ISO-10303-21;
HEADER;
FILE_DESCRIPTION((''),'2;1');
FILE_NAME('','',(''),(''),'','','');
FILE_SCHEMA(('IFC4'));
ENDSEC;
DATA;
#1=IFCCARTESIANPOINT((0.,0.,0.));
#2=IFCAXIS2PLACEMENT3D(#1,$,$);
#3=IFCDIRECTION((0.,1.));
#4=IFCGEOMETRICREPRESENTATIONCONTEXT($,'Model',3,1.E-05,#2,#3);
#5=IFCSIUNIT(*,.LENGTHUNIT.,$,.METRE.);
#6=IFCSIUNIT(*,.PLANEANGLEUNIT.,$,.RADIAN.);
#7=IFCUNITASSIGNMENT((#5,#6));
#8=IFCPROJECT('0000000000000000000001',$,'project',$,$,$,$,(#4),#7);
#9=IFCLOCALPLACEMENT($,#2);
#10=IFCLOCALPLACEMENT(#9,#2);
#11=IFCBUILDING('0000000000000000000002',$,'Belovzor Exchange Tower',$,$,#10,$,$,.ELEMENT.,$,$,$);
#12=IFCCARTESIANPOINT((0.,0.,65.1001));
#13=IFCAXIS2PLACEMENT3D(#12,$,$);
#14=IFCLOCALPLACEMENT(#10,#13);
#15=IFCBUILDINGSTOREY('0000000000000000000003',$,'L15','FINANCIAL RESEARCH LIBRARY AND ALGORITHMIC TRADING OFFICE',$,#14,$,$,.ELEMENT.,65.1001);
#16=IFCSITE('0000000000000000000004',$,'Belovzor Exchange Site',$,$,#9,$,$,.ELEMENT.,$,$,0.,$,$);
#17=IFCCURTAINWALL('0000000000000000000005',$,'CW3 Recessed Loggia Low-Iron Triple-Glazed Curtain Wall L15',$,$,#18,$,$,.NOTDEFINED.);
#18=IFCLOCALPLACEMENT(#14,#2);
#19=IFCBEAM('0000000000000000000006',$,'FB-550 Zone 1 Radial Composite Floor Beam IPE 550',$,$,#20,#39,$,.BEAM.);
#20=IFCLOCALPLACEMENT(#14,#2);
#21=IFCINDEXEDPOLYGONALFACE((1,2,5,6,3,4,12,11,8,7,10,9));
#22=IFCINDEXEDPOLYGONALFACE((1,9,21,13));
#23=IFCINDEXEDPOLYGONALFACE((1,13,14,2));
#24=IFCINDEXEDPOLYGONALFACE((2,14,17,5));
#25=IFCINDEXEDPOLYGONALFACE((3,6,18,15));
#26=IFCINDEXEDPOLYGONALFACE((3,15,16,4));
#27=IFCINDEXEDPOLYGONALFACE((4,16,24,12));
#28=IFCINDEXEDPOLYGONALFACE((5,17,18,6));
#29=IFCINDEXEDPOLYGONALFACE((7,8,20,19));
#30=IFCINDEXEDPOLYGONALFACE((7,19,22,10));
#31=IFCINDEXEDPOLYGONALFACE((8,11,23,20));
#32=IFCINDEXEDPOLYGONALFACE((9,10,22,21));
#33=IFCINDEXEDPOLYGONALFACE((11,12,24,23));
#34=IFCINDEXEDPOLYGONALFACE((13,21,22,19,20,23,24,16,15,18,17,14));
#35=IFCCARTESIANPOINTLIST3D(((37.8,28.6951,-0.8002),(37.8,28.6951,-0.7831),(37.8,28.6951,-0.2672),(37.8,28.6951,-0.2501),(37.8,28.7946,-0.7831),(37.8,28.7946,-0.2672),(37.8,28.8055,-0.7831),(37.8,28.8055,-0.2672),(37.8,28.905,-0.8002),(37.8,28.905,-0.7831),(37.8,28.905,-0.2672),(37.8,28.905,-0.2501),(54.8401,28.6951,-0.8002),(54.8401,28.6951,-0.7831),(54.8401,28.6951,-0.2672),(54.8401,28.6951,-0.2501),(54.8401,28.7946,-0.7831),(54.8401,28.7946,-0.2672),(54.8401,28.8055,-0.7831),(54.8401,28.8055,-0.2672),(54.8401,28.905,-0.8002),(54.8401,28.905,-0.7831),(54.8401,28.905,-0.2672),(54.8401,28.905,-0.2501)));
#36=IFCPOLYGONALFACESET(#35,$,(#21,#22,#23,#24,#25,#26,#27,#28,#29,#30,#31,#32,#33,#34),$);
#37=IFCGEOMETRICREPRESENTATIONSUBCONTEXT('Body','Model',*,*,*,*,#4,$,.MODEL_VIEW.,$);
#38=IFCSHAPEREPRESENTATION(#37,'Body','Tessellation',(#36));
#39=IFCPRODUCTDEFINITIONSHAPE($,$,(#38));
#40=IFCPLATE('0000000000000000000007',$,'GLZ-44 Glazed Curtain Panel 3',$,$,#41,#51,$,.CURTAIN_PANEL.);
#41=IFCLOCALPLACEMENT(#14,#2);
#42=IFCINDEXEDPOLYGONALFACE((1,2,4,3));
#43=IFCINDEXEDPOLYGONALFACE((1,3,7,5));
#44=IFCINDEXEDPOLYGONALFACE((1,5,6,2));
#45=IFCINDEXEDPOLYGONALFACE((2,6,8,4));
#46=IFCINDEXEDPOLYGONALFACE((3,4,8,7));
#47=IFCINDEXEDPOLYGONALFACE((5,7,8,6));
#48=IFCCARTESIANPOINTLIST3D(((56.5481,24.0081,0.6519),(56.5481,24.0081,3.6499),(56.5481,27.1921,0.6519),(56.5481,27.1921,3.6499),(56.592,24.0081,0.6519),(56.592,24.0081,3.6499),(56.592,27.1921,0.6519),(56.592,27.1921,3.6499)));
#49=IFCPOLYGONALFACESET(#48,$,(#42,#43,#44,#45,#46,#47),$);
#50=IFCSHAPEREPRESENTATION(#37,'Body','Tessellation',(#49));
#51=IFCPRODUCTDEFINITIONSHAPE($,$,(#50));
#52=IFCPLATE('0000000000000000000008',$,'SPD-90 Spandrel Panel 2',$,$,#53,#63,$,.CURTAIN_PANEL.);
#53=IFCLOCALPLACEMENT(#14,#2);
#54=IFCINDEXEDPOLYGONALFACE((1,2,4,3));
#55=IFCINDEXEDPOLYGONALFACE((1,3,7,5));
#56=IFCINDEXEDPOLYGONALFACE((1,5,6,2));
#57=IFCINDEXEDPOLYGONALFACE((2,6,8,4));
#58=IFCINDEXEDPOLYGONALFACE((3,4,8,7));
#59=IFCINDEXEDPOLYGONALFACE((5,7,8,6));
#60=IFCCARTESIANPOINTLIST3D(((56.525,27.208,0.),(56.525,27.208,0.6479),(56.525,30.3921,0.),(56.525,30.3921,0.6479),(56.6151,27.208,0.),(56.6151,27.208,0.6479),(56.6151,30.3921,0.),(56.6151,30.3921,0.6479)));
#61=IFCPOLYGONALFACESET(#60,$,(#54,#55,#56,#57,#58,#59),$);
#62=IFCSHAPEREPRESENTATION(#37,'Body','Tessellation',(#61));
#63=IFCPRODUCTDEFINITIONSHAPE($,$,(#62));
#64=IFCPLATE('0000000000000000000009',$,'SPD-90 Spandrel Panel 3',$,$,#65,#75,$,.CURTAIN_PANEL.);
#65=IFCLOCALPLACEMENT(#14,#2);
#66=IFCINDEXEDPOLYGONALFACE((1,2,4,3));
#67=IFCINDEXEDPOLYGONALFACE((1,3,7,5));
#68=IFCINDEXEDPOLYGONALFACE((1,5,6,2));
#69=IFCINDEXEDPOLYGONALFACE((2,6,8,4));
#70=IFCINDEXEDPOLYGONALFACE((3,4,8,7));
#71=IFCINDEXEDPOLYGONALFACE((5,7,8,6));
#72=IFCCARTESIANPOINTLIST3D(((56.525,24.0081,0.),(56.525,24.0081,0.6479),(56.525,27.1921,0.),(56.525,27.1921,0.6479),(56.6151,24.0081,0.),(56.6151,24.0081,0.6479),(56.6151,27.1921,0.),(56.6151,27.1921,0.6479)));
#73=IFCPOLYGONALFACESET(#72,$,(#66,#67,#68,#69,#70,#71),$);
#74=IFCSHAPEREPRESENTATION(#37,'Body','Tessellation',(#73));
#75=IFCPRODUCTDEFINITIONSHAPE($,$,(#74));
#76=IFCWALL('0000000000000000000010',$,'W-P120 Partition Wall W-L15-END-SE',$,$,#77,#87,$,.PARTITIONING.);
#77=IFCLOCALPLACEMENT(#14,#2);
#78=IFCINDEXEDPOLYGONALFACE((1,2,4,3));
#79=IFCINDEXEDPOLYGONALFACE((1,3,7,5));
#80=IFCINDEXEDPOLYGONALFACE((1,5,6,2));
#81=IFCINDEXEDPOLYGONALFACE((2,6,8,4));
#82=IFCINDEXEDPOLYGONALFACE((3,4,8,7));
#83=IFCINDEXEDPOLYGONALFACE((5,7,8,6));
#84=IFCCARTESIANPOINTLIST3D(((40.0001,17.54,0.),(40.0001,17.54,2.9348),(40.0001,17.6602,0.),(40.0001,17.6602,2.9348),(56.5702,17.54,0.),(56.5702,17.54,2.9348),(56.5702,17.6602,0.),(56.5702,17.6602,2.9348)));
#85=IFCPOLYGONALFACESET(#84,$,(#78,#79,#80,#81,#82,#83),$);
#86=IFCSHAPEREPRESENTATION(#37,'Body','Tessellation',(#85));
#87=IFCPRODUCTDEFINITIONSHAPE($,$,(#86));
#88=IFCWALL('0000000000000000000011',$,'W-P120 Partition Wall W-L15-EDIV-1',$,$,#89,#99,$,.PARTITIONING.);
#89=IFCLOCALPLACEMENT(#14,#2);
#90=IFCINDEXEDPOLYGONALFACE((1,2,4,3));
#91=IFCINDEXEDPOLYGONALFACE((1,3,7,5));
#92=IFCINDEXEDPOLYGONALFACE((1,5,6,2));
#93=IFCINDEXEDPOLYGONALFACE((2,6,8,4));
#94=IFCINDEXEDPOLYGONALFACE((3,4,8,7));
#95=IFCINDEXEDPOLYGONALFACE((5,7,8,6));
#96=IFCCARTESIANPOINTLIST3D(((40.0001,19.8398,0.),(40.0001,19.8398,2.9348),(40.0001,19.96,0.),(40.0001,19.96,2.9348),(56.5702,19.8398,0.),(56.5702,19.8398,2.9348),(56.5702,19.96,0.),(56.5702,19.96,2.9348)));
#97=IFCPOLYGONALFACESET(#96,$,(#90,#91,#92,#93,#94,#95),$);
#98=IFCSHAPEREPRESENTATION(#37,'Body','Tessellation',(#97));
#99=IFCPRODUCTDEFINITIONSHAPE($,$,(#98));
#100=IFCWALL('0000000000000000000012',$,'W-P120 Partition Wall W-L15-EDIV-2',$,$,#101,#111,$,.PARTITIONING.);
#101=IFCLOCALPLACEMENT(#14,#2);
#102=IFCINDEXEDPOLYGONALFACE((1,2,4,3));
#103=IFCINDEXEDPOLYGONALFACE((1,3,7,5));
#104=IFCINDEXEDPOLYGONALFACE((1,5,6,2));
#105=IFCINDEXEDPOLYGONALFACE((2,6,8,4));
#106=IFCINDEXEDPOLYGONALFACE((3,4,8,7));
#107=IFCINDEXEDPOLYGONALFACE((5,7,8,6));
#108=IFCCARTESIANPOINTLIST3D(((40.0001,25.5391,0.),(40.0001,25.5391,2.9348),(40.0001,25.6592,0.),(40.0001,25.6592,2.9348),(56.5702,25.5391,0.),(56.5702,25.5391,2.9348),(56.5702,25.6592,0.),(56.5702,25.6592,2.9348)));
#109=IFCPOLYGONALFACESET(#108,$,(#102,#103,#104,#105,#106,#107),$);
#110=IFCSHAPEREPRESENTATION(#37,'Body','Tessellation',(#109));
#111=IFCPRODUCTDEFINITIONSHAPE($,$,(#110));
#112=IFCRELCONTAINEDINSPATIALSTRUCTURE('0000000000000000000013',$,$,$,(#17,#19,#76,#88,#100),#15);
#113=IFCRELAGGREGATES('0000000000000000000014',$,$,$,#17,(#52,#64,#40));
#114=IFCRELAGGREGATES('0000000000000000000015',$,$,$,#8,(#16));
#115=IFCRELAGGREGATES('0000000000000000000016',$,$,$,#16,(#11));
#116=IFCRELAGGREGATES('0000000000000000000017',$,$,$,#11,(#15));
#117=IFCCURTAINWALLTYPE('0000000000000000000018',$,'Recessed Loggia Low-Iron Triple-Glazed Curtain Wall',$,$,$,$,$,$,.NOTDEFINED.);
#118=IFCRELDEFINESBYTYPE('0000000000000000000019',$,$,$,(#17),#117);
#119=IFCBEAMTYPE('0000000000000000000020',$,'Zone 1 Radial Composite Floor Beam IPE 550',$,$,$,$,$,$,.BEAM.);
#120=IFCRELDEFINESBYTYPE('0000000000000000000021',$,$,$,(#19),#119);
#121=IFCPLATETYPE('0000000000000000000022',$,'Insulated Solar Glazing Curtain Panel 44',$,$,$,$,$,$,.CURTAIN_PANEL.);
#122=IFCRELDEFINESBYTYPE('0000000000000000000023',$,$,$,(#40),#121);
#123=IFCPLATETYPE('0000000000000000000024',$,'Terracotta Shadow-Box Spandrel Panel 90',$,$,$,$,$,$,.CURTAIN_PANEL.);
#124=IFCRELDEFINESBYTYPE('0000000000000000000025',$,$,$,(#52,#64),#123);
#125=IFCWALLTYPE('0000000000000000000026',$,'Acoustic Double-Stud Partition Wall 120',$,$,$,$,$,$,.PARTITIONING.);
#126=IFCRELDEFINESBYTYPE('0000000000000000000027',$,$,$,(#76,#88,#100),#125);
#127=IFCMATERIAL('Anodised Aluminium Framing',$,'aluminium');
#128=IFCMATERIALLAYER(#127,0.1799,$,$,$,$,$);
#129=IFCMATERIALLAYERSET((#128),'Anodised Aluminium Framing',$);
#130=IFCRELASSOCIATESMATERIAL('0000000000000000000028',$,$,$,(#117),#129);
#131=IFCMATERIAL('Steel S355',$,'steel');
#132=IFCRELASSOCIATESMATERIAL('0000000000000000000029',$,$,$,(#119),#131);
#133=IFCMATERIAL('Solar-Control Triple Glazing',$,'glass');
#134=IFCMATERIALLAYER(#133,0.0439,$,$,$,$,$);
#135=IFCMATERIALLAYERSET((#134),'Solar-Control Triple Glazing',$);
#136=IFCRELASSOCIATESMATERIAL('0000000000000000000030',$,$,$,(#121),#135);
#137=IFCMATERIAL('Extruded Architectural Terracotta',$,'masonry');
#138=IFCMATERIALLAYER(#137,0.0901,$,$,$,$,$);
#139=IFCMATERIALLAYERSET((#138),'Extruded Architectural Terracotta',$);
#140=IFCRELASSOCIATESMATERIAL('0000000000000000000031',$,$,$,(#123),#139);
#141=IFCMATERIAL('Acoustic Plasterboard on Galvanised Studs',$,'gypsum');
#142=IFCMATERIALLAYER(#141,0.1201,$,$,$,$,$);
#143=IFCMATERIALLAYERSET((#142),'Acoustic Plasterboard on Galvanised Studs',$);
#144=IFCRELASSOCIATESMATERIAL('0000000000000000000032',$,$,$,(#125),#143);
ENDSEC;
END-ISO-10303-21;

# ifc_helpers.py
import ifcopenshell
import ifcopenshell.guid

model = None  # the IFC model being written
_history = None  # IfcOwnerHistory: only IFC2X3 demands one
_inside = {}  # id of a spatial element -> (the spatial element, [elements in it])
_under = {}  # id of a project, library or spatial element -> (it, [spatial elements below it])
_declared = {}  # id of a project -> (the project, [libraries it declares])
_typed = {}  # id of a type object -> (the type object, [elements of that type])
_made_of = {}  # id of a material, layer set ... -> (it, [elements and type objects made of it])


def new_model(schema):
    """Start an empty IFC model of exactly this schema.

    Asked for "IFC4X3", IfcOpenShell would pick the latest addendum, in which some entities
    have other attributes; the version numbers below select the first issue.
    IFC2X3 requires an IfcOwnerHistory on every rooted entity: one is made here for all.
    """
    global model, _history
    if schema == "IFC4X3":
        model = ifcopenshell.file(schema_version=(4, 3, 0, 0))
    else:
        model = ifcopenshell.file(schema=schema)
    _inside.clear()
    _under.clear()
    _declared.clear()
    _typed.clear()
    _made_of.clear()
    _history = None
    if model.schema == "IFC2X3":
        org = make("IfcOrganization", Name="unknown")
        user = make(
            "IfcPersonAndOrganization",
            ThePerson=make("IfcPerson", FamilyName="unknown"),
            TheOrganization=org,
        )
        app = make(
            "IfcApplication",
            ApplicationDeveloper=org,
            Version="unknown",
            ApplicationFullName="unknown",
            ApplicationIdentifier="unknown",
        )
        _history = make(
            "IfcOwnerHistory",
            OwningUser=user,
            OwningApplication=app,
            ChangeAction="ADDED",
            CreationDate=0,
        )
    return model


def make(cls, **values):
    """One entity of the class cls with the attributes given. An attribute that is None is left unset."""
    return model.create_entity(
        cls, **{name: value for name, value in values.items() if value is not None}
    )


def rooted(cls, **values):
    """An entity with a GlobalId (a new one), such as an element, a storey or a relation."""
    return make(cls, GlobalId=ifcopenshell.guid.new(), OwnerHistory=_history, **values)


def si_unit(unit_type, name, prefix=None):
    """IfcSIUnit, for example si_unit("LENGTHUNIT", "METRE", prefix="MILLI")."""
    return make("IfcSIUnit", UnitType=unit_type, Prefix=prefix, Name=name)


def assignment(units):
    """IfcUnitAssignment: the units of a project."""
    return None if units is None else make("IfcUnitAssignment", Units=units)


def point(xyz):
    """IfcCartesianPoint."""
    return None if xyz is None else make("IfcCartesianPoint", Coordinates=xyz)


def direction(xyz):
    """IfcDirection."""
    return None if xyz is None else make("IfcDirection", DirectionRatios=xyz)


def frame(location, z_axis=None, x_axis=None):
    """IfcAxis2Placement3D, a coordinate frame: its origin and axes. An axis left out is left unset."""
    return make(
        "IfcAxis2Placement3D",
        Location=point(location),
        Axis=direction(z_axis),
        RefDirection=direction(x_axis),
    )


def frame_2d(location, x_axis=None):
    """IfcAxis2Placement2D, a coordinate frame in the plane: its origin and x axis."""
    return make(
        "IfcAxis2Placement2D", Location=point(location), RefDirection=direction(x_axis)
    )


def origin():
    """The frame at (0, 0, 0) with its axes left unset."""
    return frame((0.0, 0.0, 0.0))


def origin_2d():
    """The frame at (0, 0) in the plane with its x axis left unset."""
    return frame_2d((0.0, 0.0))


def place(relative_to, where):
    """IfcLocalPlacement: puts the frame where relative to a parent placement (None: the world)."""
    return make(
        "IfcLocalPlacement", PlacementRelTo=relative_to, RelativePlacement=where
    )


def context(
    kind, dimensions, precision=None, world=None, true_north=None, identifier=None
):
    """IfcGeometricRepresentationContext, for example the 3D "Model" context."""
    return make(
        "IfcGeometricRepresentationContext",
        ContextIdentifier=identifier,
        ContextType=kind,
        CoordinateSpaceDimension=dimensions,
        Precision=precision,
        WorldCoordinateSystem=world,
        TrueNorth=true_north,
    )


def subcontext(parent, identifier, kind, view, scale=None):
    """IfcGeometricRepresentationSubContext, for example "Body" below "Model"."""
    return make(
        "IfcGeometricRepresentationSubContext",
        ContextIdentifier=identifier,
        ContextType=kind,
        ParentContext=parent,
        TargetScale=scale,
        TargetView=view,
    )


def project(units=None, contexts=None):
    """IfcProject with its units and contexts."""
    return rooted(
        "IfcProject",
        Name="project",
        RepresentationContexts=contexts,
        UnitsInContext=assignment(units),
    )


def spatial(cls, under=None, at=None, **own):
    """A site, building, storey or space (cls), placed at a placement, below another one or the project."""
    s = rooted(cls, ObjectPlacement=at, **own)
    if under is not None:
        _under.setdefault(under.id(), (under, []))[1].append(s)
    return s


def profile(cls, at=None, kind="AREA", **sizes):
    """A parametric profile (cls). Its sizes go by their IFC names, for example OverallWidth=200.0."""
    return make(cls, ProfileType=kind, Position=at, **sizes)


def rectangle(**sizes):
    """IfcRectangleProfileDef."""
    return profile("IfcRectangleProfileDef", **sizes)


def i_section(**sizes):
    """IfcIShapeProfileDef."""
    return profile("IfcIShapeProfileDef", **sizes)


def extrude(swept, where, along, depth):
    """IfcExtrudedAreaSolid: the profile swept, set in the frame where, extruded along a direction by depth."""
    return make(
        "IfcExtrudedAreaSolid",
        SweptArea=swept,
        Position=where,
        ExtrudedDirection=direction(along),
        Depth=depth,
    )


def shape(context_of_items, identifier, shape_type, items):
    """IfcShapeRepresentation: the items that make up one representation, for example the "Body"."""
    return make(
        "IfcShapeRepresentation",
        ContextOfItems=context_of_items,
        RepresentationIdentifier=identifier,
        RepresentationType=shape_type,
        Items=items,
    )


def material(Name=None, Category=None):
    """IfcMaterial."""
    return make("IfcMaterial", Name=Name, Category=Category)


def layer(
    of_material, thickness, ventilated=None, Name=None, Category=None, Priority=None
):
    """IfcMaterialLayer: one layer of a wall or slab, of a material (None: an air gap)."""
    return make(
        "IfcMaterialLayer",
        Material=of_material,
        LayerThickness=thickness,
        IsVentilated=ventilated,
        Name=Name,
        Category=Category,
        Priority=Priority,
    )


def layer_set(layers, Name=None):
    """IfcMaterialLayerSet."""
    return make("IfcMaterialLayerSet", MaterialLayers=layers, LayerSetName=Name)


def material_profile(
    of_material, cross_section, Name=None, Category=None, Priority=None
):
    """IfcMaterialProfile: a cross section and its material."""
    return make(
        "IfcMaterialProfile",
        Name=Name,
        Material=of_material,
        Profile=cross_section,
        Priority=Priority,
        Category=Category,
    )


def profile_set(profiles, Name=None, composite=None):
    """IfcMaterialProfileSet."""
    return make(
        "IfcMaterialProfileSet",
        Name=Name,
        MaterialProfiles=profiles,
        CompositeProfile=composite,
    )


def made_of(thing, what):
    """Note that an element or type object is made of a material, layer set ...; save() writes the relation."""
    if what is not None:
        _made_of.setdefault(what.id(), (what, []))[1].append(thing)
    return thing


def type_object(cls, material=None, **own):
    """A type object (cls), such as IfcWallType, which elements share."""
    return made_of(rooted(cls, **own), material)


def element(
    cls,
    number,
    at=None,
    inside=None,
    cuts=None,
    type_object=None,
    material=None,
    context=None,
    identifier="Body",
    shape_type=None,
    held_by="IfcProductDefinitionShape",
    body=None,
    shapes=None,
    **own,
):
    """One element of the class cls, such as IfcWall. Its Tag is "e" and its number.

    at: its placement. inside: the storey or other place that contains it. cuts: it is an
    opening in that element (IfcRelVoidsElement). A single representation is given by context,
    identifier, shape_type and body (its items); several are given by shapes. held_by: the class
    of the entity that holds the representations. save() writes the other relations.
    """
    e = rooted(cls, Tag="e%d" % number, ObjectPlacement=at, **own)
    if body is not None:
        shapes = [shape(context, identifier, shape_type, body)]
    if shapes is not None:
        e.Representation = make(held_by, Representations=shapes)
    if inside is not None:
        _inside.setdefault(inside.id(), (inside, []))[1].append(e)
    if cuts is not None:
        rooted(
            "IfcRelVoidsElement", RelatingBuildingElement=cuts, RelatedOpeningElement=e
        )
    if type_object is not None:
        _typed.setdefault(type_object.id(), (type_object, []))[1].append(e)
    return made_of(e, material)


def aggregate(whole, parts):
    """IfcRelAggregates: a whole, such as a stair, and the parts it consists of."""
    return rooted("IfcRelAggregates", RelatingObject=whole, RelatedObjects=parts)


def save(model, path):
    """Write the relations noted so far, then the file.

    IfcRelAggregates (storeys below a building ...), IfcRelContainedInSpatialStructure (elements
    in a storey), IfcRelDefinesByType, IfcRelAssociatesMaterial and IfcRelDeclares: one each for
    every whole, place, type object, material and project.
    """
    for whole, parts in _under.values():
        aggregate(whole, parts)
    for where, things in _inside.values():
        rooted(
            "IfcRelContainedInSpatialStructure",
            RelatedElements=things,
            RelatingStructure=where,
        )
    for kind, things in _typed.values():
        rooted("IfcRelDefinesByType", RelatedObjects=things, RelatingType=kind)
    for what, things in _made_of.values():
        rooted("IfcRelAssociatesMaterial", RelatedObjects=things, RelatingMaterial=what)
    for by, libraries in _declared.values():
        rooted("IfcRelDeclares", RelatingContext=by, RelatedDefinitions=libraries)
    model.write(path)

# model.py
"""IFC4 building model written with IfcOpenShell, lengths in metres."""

from ifc_helpers import new_model, si_unit, direction, frame, frame_2d, origin, origin_2d, place, context, subcontext, project, spatial, rectangle, i_section, extrude, material, layer, layer_set, material_profile, profile_set, type_object, element, aggregate, save


model = new_model("IFC4")

# Units and contexts
model_context = context("Model", 3, precision=1e-05, world=origin(), true_north=direction((0.0, 1.0)))
body_context = subcontext(model_context, "Body", "Model", "MODEL_VIEW")
ifc_project = project(units=[si_unit("LENGTHUNIT", "METRE"), si_unit("PLANEANGLEUNIT", "RADIAN")], contexts=[model_context])

# Site, building, storey
site_placement = place(None, origin())
site = spatial("IfcSite", under=ifc_project, at=site_placement, Name="Belovzor Exchange Site", CompositionType="ELEMENT", RefElevation=0.0)
building_placement = place(site_placement, origin())
building = spatial("IfcBuilding", under=site, at=building_placement, Name="Belovzor Exchange Tower", CompositionType="ELEMENT")
storey_placement = place(building_placement, frame((0.0, 0.0, 65.1001)))
storey = spatial("IfcBuildingStorey", under=building, at=storey_placement, Name="L15", Description="FINANCIAL RESEARCH LIBRARY AND ALGORITHMIC TRADING OFFICE", CompositionType="ELEMENT", Elevation=65.1001)

# Curtain wall
ifc_material_1 = material(Name="Anodised Aluminium Framing", Category="aluminium")
ifc_layer_1 = layer(ifc_material_1, 0.1799)
ifc_layer_set_1 = layer_set([ifc_layer_1], Name="Anodised Aluminium Framing")
curtain_wall_type = type_object("IfcCurtainWallType", Name="Recessed Loggia Low-Iron Triple-Glazed Curtain Wall", PredefinedType="NOTDEFINED", material=ifc_layer_set_1)
curtain_wall_placement = place(storey_placement, origin())
curtain_wall = element("IfcCurtainWall", 1, at=curtain_wall_placement, inside=storey, type_object=curtain_wall_type, Name="CW3 Recessed Loggia Low-Iron Triple-Glazed Curtain Wall L15", PredefinedType="NOTDEFINED")

# Beam
ifc_material_2 = material(Name="Steel S355", Category="steel")
ifc_material_profile_1 = material_profile(ifc_material_2, i_section(OverallWidth=0.21, OverallDepth=0.55, WebThickness=0.011, FlangeThickness=0.0171, at=origin_2d()))
ifc_profile_set_1 = profile_set([ifc_material_profile_1], Name="Steel S355")
beam_type_1 = type_object("IfcBeamType", Name="Zone 1 Radial Composite Floor Beam IPE 550", PredefinedType="BEAM", material=ifc_profile_set_1)
beam_1_placement = place(storey_placement, frame((37.8, 28.8, -0.5251), z_axis=(1.0, 0.0, 0.0), x_axis=(0.0, 1.0, 0.0)))
element("IfcBeam", 2, at=beam_1_placement, inside=storey, type_object=beam_type_1, Name="FB-550 Zone 1 Radial Composite Floor Beam IPE 550", PredefinedType="BEAM", context=body_context, shape_type="SweptSolid", body=[
    extrude(i_section(OverallWidth=0.21, OverallDepth=0.55, WebThickness=0.011, FlangeThickness=0.0171, at=origin_2d()), origin(), (0.0, 0.0, 1.0), 17.04),
])

# Plates
ifc_material_3 = material(Name="Solar-Control Triple Glazing", Category="glass")
ifc_layer_2 = layer(ifc_material_3, 0.0439)
ifc_layer_set_2 = layer_set([ifc_layer_2], Name="Solar-Control Triple Glazing")
plate_type_1 = type_object("IfcPlateType", Name="Insulated Solar Glazing Curtain Panel 44", PredefinedType="CURTAIN_PANEL", material=ifc_layer_set_2)
plate_1_placement = place(storey_placement, frame((56.5701, 25.6001, 0.6519), z_axis=(0.0, 0.0, 1.0), x_axis=(0.0, -1.0, 0.0)))
plate_1 = element("IfcPlate", 3, at=plate_1_placement, type_object=plate_type_1, Name="GLZ-44 Glazed Curtain Panel 3", PredefinedType="CURTAIN_PANEL", context=body_context, shape_type="SweptSolid", body=[
    extrude(rectangle(XDim=3.1841, YDim=0.0439, at=origin_2d()), origin(), (0.0, 0.0, 1.0), 2.998),
])
ifc_material_4 = material(Name="Extruded Architectural Terracotta", Category="masonry")
ifc_layer_3 = layer(ifc_material_4, 0.0901)
ifc_layer_set_3 = layer_set([ifc_layer_3], Name="Extruded Architectural Terracotta")
plate_type_2 = type_object("IfcPlateType", Name="Terracotta Shadow-Box Spandrel Panel 90", PredefinedType="CURTAIN_PANEL", material=ifc_layer_set_3)
plate_2_placement = place(storey_placement, frame((56.5701, 28.8, 0.0), z_axis=(0.0, 0.0, 1.0), x_axis=(0.0, -1.0, 0.0)))
plate_2 = element("IfcPlate", 4, at=plate_2_placement, type_object=plate_type_2, Name="SPD-90 Spandrel Panel 2", PredefinedType="CURTAIN_PANEL", context=body_context, shape_type="SweptSolid", body=[
    extrude(rectangle(XDim=3.1841, YDim=0.0901, at=origin_2d()), origin(), (0.0, 0.0, 1.0), 0.6479),
])
plate_3_placement = place(storey_placement, frame((56.5701, 25.6001, 0.0), z_axis=(0.0, 0.0, 1.0), x_axis=(0.0, -1.0, 0.0)))
plate_3 = element("IfcPlate", 5, at=plate_3_placement, type_object=plate_type_2, Name="SPD-90 Spandrel Panel 3", PredefinedType="CURTAIN_PANEL", context=body_context, shape_type="SweptSolid", body=[
    extrude(rectangle(XDim=3.1841, YDim=0.0901, at=origin_2d()), origin(), (0.0, 0.0, 1.0), 0.6479),
])
aggregate(curtain_wall, [plate_2, plate_3, plate_1])

# Walls
ifc_material_5 = material(Name="Acoustic Plasterboard on Galvanised Studs", Category="gypsum")
ifc_layer_4 = layer(ifc_material_5, 0.1201)
ifc_layer_set_4 = layer_set([ifc_layer_4], Name="Acoustic Plasterboard on Galvanised Studs")
wall_type_1 = type_object("IfcWallType", Name="Acoustic Double-Stud Partition Wall 120", PredefinedType="PARTITIONING", material=ifc_layer_set_4)
for number, where, z_axis, x_axis, name in (
    (6, (40.0, 17.6001, 0.0), (0.0, 0.0, 1.0), (1.0, 0.0, 0.0), "W-P120 Partition Wall W-L15-END-SE"),
    (7, (40.0, 19.8999, 0.0), (0.0, 0.0, 1.0), (1.0, 0.0, 0.0), "W-P120 Partition Wall W-L15-EDIV-1"),
    (8, (40.0, 25.5991, 0.0), (0.0, 0.0, 1.0), (1.0, 0.0, 0.0), "W-P120 Partition Wall W-L15-EDIV-2"),
):
    element("IfcWall", number, at=place(storey_placement, frame(where, z_axis=z_axis, x_axis=x_axis)), inside=storey, type_object=wall_type_1, Name=name, PredefinedType="PARTITIONING", context=body_context, shape_type="SweptSolid", body=[
        extrude(rectangle(XDim=16.5701, YDim=0.1201, at=frame_2d((8.2852, 0.0))), origin(), (0.0, 0.0, 1.0), 2.9348),
    ])

save(model, "model.ifc")
